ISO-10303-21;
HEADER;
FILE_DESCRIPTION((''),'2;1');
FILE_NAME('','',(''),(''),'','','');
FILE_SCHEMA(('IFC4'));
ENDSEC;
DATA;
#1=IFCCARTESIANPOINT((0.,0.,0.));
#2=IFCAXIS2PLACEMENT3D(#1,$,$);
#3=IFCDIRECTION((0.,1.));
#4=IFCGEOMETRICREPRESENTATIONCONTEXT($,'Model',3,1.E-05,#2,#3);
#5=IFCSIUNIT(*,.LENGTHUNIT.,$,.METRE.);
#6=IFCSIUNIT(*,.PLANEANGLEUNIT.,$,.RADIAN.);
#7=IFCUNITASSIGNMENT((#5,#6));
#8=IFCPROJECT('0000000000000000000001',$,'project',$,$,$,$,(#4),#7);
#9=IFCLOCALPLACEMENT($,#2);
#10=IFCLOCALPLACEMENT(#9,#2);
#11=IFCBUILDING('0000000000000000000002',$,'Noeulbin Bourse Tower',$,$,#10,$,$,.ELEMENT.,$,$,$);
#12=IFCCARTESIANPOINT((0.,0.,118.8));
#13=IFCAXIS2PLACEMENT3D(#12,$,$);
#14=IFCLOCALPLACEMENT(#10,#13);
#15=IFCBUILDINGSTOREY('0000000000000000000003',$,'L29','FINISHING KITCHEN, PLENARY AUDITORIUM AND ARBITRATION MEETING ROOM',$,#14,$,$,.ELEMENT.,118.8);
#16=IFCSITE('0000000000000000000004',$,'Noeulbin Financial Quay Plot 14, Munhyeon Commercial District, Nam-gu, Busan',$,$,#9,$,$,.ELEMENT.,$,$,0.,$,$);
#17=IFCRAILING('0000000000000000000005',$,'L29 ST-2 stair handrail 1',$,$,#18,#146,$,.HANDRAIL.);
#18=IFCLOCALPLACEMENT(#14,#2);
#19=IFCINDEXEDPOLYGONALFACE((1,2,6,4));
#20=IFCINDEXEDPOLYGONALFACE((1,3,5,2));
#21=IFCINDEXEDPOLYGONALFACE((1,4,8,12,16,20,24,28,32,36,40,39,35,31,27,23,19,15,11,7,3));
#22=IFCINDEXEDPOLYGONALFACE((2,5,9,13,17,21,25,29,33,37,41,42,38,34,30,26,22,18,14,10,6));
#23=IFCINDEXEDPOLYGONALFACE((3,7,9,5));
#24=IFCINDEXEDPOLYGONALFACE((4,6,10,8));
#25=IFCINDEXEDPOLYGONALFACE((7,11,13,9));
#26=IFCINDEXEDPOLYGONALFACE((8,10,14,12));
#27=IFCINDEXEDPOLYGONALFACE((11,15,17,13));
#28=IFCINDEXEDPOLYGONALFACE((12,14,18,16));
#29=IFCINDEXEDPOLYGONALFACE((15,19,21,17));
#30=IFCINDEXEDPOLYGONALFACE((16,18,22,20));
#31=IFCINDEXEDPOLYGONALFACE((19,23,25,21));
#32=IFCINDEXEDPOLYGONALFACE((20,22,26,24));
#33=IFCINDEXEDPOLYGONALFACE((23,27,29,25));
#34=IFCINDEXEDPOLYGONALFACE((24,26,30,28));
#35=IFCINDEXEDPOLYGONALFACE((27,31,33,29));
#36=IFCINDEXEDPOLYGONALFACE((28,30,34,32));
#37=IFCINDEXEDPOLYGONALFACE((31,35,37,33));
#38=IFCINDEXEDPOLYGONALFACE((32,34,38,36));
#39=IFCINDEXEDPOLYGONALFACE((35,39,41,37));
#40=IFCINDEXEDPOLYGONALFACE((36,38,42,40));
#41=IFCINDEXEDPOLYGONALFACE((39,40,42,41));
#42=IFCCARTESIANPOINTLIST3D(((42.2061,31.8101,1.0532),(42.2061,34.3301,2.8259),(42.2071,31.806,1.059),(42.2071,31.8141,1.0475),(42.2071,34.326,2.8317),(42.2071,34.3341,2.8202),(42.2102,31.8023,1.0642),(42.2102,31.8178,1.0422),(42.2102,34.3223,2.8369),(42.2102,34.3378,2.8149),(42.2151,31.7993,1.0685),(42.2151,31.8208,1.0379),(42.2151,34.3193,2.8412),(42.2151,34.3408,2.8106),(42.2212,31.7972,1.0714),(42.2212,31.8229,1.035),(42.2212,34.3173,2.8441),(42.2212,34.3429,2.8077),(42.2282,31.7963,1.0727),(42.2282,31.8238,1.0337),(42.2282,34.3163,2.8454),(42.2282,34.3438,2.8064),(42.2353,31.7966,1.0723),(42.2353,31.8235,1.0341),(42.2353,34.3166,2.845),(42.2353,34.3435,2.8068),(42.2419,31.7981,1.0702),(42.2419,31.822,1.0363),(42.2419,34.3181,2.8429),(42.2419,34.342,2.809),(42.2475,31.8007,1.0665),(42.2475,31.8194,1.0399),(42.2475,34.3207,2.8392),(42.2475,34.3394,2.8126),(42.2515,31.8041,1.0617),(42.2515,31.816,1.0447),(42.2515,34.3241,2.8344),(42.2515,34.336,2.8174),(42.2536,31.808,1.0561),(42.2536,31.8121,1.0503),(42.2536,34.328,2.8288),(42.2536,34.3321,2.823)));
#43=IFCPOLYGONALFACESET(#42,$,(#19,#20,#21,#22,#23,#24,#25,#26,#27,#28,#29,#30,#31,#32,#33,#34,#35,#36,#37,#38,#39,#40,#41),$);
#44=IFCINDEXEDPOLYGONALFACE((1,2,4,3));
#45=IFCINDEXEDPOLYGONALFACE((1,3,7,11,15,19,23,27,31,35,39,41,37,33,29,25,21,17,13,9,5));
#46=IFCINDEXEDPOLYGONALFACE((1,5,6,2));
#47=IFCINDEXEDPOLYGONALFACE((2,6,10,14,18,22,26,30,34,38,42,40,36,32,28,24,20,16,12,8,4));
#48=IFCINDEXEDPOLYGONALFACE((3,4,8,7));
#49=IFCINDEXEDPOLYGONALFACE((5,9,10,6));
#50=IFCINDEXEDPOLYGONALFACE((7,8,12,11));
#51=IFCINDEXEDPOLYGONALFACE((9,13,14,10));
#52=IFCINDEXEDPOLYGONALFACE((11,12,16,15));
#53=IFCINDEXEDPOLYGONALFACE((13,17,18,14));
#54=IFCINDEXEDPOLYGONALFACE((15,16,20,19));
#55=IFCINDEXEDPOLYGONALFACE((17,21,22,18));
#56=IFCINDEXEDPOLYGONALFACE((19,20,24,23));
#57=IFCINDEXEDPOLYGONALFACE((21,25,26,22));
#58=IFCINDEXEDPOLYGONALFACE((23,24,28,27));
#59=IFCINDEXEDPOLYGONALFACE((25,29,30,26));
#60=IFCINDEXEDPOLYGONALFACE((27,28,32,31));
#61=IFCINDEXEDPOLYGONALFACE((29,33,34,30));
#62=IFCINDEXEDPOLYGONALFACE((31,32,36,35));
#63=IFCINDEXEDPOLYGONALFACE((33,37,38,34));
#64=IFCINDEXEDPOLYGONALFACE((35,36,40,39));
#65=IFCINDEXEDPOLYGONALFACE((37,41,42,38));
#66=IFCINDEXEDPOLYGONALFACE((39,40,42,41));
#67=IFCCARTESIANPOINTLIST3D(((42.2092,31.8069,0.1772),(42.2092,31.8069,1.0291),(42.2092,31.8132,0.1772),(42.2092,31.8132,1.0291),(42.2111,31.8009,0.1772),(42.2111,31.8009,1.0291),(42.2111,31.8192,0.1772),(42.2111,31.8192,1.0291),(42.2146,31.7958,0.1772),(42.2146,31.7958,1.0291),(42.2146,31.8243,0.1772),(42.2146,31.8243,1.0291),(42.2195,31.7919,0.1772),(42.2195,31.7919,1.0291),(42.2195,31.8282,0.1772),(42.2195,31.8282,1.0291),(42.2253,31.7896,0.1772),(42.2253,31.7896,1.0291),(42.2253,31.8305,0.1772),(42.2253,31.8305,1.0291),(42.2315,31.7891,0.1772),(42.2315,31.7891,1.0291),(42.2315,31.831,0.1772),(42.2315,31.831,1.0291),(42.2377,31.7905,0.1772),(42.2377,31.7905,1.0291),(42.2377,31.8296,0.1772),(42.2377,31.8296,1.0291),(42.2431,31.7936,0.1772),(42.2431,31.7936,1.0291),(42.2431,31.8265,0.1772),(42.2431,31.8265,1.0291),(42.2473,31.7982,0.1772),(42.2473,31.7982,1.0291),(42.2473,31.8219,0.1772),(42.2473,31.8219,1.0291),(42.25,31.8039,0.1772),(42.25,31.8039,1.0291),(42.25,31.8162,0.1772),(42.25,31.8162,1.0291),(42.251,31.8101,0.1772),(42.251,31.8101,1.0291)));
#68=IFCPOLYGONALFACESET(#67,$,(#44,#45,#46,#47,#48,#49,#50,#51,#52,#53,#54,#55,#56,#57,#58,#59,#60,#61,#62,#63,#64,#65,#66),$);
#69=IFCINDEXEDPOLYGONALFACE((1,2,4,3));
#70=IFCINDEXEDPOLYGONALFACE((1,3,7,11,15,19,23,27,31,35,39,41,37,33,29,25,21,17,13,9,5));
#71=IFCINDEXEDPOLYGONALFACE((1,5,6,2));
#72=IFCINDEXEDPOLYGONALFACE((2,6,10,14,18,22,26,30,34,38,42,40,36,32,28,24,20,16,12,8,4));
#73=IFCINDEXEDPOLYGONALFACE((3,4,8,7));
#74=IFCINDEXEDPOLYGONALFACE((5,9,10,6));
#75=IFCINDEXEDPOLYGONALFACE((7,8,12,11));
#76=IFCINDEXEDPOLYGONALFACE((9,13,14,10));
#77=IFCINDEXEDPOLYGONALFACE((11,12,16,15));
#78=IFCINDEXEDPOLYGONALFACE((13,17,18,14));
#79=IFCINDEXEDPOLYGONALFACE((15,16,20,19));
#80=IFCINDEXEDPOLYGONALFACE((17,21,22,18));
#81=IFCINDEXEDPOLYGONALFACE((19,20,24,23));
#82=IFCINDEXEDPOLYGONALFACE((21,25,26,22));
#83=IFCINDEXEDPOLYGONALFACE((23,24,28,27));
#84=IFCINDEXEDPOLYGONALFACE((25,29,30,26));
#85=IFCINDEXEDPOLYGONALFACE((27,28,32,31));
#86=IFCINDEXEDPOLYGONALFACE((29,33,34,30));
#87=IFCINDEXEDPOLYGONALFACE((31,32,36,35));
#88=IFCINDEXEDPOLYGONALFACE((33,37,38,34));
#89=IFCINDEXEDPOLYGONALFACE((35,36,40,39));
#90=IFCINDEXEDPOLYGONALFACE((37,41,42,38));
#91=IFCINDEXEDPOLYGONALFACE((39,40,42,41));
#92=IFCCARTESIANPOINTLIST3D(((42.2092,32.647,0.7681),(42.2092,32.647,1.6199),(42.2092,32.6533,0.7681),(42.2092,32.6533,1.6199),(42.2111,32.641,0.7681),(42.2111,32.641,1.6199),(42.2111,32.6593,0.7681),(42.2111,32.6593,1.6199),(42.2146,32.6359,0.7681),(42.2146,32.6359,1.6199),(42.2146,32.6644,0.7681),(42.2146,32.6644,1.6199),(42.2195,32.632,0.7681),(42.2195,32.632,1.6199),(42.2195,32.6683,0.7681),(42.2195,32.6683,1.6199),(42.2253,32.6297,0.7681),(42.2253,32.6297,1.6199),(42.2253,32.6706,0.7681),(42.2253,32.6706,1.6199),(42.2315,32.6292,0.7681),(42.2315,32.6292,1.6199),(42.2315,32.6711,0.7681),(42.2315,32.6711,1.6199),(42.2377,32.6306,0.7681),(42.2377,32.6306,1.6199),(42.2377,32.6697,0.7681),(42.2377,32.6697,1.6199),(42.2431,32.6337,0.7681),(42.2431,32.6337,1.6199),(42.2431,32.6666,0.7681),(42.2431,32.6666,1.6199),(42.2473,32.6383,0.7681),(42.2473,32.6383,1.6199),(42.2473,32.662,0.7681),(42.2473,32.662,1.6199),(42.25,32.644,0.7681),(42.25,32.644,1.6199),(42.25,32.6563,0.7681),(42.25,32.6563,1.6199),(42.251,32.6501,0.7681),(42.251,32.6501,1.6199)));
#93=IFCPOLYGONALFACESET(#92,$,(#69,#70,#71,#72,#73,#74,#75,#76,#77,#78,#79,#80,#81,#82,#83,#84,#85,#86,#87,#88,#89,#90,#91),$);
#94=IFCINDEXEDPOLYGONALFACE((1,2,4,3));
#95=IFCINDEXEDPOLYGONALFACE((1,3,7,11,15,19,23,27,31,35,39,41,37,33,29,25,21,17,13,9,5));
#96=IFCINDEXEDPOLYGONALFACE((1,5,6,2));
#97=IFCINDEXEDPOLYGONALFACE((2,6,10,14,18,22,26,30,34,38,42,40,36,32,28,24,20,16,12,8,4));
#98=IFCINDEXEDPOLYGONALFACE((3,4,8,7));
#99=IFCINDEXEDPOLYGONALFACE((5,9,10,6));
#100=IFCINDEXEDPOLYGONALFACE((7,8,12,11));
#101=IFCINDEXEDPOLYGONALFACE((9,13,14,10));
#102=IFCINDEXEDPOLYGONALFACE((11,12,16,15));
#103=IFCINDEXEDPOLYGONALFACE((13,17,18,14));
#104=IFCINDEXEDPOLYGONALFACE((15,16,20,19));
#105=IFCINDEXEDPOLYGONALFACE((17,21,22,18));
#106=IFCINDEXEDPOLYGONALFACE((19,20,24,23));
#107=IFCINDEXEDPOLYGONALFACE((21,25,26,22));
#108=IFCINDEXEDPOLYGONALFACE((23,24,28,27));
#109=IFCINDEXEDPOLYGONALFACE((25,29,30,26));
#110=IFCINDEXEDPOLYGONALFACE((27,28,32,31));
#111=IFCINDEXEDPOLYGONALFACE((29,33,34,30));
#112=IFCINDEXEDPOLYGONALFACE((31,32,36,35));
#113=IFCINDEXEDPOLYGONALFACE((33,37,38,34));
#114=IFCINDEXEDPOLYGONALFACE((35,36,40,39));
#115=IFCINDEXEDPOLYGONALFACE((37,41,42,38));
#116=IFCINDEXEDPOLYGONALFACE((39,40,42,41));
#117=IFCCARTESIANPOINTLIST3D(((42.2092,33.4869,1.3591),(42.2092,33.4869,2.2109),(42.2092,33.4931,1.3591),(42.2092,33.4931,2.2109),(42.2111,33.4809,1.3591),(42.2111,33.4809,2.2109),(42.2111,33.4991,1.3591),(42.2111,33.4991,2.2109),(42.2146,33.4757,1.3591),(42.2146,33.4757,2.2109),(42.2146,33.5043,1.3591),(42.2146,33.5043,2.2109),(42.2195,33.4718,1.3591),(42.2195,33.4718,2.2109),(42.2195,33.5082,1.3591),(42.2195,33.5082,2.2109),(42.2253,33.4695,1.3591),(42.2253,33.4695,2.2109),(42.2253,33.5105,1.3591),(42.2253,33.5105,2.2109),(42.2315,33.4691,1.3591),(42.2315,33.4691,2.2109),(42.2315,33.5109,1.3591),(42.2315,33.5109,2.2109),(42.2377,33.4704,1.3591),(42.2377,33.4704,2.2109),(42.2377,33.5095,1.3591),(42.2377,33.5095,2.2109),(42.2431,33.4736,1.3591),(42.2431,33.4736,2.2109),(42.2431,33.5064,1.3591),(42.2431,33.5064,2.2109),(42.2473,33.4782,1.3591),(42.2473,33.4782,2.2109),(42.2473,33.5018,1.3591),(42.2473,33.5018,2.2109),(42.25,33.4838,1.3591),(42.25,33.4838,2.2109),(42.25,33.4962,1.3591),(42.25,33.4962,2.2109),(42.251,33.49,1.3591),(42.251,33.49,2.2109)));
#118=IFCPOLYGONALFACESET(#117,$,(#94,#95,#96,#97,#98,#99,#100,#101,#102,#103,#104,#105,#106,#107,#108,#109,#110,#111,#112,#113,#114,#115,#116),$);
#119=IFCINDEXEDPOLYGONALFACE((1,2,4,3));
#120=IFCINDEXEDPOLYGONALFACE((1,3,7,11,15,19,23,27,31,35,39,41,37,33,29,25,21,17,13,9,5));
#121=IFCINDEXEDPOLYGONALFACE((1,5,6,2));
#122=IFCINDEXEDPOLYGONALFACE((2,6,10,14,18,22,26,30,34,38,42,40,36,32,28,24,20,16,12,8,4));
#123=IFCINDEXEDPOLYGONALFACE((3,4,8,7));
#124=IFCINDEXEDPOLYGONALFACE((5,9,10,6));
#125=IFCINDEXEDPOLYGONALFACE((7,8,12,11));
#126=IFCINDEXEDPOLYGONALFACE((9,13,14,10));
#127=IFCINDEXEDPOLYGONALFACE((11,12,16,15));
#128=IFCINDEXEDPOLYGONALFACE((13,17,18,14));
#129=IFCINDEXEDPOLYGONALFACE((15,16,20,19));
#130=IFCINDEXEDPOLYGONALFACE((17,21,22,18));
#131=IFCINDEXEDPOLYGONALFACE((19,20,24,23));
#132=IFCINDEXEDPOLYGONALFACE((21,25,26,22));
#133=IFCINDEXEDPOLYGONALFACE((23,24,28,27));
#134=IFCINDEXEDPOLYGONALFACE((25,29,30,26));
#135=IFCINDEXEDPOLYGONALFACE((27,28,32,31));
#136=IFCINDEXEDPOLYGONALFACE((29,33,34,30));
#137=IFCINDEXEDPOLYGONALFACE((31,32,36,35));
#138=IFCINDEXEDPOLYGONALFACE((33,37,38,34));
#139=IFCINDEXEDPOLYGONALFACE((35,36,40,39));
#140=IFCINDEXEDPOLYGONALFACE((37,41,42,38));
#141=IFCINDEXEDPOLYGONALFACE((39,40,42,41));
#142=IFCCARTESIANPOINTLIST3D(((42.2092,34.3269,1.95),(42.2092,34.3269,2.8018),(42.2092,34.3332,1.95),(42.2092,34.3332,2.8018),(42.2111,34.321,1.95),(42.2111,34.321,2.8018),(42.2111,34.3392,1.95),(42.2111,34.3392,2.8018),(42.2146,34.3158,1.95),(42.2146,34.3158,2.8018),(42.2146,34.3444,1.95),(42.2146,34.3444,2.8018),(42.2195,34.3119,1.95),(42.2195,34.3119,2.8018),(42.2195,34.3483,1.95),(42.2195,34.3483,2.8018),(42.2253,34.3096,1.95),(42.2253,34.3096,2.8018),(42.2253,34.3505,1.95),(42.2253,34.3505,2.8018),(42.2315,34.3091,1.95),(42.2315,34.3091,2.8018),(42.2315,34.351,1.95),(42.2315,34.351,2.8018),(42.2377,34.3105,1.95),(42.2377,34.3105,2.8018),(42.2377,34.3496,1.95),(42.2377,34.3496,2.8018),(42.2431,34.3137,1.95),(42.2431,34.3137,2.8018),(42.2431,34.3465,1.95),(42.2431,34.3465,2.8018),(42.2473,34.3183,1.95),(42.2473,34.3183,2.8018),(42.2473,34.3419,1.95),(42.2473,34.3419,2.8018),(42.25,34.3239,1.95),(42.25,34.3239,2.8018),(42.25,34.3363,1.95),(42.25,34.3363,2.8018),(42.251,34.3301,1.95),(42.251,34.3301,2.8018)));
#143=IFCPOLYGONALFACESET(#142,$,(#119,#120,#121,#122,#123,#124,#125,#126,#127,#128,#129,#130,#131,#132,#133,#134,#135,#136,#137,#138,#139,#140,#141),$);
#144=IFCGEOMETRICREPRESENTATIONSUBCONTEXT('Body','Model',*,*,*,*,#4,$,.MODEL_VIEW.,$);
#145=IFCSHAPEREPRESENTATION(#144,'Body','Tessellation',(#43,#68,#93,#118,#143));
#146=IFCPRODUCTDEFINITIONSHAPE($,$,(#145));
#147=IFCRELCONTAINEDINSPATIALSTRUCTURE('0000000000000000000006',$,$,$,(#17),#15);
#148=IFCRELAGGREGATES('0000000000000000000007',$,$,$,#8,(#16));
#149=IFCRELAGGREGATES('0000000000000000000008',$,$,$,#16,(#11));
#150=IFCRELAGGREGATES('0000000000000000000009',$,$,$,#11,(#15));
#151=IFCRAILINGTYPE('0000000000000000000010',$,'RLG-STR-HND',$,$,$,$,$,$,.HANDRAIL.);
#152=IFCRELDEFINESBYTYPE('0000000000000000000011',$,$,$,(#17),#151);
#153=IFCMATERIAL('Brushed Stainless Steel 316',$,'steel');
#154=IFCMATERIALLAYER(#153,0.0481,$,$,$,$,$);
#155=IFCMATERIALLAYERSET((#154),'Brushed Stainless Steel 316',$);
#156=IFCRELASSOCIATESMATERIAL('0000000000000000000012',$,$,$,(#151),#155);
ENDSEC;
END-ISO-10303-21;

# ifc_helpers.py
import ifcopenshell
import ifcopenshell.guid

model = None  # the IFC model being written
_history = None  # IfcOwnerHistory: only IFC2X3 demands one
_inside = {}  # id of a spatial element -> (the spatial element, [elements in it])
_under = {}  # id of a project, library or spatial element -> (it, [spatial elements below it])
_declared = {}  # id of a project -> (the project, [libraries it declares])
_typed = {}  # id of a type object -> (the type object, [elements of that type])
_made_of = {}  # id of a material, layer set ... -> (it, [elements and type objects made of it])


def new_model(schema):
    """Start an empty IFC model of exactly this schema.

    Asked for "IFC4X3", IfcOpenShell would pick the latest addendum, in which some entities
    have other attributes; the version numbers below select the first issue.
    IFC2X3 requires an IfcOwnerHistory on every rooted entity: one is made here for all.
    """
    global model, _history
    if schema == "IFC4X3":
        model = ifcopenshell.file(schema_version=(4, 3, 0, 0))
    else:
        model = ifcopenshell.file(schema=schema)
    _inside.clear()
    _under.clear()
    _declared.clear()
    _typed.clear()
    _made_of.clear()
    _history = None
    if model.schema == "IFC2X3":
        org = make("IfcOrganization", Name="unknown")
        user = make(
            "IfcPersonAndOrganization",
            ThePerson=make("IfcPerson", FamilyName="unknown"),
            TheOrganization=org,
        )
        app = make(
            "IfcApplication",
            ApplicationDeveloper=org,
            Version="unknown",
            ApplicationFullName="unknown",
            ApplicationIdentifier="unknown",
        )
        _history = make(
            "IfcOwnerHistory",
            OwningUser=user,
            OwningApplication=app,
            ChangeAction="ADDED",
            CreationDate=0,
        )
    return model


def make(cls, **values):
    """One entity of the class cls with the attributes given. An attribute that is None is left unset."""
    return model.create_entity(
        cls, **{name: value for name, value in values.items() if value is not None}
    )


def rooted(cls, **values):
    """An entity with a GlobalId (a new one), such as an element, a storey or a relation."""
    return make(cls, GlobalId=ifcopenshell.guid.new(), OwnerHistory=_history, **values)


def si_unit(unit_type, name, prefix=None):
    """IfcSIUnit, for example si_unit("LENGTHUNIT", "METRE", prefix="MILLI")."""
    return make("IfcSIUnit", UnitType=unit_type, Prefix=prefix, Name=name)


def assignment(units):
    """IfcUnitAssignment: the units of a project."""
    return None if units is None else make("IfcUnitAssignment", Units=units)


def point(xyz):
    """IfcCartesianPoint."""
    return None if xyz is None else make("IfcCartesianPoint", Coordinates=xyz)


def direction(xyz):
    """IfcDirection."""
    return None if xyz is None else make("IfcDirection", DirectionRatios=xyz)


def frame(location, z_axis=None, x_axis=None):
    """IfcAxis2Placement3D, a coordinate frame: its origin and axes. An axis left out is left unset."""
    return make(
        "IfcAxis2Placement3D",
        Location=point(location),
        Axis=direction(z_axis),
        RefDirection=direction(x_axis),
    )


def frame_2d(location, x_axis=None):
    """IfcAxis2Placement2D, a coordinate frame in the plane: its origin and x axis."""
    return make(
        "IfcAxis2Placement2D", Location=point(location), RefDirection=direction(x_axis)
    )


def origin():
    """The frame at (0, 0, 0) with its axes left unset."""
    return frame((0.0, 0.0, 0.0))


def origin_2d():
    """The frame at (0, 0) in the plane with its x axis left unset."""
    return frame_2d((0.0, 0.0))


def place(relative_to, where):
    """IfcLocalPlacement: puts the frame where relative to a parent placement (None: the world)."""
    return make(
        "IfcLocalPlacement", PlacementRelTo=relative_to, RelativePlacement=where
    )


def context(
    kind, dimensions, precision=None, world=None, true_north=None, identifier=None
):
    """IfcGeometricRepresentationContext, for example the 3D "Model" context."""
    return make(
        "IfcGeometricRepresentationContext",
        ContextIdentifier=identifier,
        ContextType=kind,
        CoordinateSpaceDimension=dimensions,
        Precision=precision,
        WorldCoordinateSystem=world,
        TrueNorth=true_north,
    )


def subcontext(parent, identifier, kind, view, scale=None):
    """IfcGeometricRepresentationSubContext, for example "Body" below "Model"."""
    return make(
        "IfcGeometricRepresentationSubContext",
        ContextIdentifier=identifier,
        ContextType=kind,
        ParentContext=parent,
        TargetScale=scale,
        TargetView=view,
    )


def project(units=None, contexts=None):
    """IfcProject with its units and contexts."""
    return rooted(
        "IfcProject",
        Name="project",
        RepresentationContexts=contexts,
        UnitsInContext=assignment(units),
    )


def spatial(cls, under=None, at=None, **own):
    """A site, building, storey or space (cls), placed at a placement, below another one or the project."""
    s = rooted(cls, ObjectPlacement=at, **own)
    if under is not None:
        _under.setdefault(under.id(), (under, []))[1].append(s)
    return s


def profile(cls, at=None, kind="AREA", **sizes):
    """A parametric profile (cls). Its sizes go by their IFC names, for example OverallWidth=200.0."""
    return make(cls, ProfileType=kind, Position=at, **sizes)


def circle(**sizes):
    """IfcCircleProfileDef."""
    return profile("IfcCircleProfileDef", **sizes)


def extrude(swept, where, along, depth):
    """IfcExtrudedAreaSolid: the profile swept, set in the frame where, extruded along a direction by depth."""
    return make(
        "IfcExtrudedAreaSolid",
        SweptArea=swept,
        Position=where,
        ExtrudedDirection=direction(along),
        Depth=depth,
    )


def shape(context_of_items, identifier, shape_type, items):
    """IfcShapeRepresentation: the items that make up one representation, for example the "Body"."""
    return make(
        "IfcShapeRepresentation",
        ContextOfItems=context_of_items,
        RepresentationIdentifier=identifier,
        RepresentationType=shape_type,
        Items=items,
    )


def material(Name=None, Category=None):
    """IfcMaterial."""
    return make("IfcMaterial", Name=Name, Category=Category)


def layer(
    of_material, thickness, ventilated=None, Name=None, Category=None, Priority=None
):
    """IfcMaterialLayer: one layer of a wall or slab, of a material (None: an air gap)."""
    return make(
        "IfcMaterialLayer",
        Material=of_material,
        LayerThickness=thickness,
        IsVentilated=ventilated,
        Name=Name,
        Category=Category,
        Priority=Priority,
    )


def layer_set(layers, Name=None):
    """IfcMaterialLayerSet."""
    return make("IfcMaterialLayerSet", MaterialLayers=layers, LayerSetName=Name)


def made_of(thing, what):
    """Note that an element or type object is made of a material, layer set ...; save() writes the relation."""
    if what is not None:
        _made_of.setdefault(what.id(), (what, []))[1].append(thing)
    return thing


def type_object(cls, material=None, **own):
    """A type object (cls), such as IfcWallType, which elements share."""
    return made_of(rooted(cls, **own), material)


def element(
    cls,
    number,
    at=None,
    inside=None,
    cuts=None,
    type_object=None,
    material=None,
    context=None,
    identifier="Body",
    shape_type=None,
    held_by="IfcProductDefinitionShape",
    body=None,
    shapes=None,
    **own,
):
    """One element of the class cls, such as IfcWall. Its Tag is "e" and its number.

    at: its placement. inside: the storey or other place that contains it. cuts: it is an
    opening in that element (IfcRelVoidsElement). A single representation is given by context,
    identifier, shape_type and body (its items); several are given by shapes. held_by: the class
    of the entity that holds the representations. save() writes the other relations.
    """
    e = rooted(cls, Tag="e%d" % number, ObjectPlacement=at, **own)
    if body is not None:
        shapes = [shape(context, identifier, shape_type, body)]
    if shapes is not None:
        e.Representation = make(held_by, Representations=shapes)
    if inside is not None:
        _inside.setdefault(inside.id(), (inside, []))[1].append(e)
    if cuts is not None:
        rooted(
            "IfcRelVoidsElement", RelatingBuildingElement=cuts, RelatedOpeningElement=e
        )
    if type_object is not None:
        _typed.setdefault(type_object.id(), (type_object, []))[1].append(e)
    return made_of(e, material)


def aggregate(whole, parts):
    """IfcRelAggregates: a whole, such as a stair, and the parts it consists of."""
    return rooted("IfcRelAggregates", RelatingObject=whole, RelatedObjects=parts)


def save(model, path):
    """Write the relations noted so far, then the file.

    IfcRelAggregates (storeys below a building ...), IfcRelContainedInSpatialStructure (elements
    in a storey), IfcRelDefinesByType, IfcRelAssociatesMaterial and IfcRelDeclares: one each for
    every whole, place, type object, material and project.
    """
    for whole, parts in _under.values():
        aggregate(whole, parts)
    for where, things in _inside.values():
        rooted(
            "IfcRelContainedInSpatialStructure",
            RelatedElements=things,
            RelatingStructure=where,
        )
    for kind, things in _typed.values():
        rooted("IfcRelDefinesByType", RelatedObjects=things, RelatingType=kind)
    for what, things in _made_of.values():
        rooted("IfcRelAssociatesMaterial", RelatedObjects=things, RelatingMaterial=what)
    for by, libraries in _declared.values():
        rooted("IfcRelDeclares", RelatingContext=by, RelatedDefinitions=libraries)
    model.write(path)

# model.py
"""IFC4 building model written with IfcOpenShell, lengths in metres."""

from ifc_helpers import new_model, si_unit, direction, frame, origin, origin_2d, place, context, subcontext, project, spatial, circle, extrude, material, layer, layer_set, type_object, element, save


model = new_model("IFC4")

# Units and contexts
model_context = context("Model", 3, precision=1e-05, world=origin(), true_north=direction((0.0, 1.0)))
body_context = subcontext(model_context, "Body", "Model", "MODEL_VIEW")
ifc_project = project(units=[si_unit("LENGTHUNIT", "METRE"), si_unit("PLANEANGLEUNIT", "RADIAN")], contexts=[model_context])

# Site, building, storey
site_placement = place(None, origin())
site = spatial("IfcSite", under=ifc_project, at=site_placement, Name="Noeulbin Financial Quay Plot 14, Munhyeon Commercial District, Nam-gu, Busan", CompositionType="ELEMENT", RefElevation=0.0)
building_placement = place(site_placement, origin())
building = spatial("IfcBuilding", under=site, at=building_placement, Name="Noeulbin Bourse Tower", CompositionType="ELEMENT")
storey_placement = place(building_placement, frame((0.0, 0.0, 118.8)))
storey = spatial("IfcBuildingStorey", under=building, at=storey_placement, Name="L29", Description="FINISHING KITCHEN, PLENARY AUDITORIUM AND ARBITRATION MEETING ROOM", CompositionType="ELEMENT", Elevation=118.8)

# Railing
ifc_material_1 = material(Name="Brushed Stainless Steel 316", Category="steel")
ifc_layer_1 = layer(ifc_material_1, 0.0481)
ifc_layer_set_1 = layer_set([ifc_layer_1], Name="Brushed Stainless Steel 316")
railing_type_1 = type_object("IfcRailingType", Name="RLG-STR-HND", PredefinedType="HANDRAIL", material=ifc_layer_set_1)
railing_1_placement = place(storey_placement, frame((42.23, 31.8101, 0.1772)))
element("IfcRailing", 1, at=railing_1_placement, inside=storey, type_object=railing_type_1, Name="L29 ST-2 stair handrail 1", PredefinedType="HANDRAIL", context=body_context, shape_type="SweptSolid", body=[
    extrude(circle(Radius=0.0239, at=origin_2d()), frame((0.0, 0.0, 0.876), z_axis=(0.0, 0.817904, 0.575354), x_axis=(-1.0, 0.0, 0.0)), (0.0, 0.0, 1.0), 3.0811),
    extrude(circle(Radius=0.021, at=origin_2d()), origin(), (0.0, 0.0, 1.0), 0.8518),
    extrude(circle(Radius=0.021, at=origin_2d()), frame((0.0, 0.8401, 0.5908)), (0.0, 0.0, 1.0), 0.8518),
    extrude(circle(Radius=0.021, at=origin_2d()), frame((0.0, 1.6799, 1.1819)), (0.0, 0.0, 1.0), 0.8518),
    extrude(circle(Radius=0.021, at=origin_2d()), frame((0.0, 2.52, 1.7727)), (0.0, 0.0, 1.0), 0.8518),
])

save(model, "model.ifc")
